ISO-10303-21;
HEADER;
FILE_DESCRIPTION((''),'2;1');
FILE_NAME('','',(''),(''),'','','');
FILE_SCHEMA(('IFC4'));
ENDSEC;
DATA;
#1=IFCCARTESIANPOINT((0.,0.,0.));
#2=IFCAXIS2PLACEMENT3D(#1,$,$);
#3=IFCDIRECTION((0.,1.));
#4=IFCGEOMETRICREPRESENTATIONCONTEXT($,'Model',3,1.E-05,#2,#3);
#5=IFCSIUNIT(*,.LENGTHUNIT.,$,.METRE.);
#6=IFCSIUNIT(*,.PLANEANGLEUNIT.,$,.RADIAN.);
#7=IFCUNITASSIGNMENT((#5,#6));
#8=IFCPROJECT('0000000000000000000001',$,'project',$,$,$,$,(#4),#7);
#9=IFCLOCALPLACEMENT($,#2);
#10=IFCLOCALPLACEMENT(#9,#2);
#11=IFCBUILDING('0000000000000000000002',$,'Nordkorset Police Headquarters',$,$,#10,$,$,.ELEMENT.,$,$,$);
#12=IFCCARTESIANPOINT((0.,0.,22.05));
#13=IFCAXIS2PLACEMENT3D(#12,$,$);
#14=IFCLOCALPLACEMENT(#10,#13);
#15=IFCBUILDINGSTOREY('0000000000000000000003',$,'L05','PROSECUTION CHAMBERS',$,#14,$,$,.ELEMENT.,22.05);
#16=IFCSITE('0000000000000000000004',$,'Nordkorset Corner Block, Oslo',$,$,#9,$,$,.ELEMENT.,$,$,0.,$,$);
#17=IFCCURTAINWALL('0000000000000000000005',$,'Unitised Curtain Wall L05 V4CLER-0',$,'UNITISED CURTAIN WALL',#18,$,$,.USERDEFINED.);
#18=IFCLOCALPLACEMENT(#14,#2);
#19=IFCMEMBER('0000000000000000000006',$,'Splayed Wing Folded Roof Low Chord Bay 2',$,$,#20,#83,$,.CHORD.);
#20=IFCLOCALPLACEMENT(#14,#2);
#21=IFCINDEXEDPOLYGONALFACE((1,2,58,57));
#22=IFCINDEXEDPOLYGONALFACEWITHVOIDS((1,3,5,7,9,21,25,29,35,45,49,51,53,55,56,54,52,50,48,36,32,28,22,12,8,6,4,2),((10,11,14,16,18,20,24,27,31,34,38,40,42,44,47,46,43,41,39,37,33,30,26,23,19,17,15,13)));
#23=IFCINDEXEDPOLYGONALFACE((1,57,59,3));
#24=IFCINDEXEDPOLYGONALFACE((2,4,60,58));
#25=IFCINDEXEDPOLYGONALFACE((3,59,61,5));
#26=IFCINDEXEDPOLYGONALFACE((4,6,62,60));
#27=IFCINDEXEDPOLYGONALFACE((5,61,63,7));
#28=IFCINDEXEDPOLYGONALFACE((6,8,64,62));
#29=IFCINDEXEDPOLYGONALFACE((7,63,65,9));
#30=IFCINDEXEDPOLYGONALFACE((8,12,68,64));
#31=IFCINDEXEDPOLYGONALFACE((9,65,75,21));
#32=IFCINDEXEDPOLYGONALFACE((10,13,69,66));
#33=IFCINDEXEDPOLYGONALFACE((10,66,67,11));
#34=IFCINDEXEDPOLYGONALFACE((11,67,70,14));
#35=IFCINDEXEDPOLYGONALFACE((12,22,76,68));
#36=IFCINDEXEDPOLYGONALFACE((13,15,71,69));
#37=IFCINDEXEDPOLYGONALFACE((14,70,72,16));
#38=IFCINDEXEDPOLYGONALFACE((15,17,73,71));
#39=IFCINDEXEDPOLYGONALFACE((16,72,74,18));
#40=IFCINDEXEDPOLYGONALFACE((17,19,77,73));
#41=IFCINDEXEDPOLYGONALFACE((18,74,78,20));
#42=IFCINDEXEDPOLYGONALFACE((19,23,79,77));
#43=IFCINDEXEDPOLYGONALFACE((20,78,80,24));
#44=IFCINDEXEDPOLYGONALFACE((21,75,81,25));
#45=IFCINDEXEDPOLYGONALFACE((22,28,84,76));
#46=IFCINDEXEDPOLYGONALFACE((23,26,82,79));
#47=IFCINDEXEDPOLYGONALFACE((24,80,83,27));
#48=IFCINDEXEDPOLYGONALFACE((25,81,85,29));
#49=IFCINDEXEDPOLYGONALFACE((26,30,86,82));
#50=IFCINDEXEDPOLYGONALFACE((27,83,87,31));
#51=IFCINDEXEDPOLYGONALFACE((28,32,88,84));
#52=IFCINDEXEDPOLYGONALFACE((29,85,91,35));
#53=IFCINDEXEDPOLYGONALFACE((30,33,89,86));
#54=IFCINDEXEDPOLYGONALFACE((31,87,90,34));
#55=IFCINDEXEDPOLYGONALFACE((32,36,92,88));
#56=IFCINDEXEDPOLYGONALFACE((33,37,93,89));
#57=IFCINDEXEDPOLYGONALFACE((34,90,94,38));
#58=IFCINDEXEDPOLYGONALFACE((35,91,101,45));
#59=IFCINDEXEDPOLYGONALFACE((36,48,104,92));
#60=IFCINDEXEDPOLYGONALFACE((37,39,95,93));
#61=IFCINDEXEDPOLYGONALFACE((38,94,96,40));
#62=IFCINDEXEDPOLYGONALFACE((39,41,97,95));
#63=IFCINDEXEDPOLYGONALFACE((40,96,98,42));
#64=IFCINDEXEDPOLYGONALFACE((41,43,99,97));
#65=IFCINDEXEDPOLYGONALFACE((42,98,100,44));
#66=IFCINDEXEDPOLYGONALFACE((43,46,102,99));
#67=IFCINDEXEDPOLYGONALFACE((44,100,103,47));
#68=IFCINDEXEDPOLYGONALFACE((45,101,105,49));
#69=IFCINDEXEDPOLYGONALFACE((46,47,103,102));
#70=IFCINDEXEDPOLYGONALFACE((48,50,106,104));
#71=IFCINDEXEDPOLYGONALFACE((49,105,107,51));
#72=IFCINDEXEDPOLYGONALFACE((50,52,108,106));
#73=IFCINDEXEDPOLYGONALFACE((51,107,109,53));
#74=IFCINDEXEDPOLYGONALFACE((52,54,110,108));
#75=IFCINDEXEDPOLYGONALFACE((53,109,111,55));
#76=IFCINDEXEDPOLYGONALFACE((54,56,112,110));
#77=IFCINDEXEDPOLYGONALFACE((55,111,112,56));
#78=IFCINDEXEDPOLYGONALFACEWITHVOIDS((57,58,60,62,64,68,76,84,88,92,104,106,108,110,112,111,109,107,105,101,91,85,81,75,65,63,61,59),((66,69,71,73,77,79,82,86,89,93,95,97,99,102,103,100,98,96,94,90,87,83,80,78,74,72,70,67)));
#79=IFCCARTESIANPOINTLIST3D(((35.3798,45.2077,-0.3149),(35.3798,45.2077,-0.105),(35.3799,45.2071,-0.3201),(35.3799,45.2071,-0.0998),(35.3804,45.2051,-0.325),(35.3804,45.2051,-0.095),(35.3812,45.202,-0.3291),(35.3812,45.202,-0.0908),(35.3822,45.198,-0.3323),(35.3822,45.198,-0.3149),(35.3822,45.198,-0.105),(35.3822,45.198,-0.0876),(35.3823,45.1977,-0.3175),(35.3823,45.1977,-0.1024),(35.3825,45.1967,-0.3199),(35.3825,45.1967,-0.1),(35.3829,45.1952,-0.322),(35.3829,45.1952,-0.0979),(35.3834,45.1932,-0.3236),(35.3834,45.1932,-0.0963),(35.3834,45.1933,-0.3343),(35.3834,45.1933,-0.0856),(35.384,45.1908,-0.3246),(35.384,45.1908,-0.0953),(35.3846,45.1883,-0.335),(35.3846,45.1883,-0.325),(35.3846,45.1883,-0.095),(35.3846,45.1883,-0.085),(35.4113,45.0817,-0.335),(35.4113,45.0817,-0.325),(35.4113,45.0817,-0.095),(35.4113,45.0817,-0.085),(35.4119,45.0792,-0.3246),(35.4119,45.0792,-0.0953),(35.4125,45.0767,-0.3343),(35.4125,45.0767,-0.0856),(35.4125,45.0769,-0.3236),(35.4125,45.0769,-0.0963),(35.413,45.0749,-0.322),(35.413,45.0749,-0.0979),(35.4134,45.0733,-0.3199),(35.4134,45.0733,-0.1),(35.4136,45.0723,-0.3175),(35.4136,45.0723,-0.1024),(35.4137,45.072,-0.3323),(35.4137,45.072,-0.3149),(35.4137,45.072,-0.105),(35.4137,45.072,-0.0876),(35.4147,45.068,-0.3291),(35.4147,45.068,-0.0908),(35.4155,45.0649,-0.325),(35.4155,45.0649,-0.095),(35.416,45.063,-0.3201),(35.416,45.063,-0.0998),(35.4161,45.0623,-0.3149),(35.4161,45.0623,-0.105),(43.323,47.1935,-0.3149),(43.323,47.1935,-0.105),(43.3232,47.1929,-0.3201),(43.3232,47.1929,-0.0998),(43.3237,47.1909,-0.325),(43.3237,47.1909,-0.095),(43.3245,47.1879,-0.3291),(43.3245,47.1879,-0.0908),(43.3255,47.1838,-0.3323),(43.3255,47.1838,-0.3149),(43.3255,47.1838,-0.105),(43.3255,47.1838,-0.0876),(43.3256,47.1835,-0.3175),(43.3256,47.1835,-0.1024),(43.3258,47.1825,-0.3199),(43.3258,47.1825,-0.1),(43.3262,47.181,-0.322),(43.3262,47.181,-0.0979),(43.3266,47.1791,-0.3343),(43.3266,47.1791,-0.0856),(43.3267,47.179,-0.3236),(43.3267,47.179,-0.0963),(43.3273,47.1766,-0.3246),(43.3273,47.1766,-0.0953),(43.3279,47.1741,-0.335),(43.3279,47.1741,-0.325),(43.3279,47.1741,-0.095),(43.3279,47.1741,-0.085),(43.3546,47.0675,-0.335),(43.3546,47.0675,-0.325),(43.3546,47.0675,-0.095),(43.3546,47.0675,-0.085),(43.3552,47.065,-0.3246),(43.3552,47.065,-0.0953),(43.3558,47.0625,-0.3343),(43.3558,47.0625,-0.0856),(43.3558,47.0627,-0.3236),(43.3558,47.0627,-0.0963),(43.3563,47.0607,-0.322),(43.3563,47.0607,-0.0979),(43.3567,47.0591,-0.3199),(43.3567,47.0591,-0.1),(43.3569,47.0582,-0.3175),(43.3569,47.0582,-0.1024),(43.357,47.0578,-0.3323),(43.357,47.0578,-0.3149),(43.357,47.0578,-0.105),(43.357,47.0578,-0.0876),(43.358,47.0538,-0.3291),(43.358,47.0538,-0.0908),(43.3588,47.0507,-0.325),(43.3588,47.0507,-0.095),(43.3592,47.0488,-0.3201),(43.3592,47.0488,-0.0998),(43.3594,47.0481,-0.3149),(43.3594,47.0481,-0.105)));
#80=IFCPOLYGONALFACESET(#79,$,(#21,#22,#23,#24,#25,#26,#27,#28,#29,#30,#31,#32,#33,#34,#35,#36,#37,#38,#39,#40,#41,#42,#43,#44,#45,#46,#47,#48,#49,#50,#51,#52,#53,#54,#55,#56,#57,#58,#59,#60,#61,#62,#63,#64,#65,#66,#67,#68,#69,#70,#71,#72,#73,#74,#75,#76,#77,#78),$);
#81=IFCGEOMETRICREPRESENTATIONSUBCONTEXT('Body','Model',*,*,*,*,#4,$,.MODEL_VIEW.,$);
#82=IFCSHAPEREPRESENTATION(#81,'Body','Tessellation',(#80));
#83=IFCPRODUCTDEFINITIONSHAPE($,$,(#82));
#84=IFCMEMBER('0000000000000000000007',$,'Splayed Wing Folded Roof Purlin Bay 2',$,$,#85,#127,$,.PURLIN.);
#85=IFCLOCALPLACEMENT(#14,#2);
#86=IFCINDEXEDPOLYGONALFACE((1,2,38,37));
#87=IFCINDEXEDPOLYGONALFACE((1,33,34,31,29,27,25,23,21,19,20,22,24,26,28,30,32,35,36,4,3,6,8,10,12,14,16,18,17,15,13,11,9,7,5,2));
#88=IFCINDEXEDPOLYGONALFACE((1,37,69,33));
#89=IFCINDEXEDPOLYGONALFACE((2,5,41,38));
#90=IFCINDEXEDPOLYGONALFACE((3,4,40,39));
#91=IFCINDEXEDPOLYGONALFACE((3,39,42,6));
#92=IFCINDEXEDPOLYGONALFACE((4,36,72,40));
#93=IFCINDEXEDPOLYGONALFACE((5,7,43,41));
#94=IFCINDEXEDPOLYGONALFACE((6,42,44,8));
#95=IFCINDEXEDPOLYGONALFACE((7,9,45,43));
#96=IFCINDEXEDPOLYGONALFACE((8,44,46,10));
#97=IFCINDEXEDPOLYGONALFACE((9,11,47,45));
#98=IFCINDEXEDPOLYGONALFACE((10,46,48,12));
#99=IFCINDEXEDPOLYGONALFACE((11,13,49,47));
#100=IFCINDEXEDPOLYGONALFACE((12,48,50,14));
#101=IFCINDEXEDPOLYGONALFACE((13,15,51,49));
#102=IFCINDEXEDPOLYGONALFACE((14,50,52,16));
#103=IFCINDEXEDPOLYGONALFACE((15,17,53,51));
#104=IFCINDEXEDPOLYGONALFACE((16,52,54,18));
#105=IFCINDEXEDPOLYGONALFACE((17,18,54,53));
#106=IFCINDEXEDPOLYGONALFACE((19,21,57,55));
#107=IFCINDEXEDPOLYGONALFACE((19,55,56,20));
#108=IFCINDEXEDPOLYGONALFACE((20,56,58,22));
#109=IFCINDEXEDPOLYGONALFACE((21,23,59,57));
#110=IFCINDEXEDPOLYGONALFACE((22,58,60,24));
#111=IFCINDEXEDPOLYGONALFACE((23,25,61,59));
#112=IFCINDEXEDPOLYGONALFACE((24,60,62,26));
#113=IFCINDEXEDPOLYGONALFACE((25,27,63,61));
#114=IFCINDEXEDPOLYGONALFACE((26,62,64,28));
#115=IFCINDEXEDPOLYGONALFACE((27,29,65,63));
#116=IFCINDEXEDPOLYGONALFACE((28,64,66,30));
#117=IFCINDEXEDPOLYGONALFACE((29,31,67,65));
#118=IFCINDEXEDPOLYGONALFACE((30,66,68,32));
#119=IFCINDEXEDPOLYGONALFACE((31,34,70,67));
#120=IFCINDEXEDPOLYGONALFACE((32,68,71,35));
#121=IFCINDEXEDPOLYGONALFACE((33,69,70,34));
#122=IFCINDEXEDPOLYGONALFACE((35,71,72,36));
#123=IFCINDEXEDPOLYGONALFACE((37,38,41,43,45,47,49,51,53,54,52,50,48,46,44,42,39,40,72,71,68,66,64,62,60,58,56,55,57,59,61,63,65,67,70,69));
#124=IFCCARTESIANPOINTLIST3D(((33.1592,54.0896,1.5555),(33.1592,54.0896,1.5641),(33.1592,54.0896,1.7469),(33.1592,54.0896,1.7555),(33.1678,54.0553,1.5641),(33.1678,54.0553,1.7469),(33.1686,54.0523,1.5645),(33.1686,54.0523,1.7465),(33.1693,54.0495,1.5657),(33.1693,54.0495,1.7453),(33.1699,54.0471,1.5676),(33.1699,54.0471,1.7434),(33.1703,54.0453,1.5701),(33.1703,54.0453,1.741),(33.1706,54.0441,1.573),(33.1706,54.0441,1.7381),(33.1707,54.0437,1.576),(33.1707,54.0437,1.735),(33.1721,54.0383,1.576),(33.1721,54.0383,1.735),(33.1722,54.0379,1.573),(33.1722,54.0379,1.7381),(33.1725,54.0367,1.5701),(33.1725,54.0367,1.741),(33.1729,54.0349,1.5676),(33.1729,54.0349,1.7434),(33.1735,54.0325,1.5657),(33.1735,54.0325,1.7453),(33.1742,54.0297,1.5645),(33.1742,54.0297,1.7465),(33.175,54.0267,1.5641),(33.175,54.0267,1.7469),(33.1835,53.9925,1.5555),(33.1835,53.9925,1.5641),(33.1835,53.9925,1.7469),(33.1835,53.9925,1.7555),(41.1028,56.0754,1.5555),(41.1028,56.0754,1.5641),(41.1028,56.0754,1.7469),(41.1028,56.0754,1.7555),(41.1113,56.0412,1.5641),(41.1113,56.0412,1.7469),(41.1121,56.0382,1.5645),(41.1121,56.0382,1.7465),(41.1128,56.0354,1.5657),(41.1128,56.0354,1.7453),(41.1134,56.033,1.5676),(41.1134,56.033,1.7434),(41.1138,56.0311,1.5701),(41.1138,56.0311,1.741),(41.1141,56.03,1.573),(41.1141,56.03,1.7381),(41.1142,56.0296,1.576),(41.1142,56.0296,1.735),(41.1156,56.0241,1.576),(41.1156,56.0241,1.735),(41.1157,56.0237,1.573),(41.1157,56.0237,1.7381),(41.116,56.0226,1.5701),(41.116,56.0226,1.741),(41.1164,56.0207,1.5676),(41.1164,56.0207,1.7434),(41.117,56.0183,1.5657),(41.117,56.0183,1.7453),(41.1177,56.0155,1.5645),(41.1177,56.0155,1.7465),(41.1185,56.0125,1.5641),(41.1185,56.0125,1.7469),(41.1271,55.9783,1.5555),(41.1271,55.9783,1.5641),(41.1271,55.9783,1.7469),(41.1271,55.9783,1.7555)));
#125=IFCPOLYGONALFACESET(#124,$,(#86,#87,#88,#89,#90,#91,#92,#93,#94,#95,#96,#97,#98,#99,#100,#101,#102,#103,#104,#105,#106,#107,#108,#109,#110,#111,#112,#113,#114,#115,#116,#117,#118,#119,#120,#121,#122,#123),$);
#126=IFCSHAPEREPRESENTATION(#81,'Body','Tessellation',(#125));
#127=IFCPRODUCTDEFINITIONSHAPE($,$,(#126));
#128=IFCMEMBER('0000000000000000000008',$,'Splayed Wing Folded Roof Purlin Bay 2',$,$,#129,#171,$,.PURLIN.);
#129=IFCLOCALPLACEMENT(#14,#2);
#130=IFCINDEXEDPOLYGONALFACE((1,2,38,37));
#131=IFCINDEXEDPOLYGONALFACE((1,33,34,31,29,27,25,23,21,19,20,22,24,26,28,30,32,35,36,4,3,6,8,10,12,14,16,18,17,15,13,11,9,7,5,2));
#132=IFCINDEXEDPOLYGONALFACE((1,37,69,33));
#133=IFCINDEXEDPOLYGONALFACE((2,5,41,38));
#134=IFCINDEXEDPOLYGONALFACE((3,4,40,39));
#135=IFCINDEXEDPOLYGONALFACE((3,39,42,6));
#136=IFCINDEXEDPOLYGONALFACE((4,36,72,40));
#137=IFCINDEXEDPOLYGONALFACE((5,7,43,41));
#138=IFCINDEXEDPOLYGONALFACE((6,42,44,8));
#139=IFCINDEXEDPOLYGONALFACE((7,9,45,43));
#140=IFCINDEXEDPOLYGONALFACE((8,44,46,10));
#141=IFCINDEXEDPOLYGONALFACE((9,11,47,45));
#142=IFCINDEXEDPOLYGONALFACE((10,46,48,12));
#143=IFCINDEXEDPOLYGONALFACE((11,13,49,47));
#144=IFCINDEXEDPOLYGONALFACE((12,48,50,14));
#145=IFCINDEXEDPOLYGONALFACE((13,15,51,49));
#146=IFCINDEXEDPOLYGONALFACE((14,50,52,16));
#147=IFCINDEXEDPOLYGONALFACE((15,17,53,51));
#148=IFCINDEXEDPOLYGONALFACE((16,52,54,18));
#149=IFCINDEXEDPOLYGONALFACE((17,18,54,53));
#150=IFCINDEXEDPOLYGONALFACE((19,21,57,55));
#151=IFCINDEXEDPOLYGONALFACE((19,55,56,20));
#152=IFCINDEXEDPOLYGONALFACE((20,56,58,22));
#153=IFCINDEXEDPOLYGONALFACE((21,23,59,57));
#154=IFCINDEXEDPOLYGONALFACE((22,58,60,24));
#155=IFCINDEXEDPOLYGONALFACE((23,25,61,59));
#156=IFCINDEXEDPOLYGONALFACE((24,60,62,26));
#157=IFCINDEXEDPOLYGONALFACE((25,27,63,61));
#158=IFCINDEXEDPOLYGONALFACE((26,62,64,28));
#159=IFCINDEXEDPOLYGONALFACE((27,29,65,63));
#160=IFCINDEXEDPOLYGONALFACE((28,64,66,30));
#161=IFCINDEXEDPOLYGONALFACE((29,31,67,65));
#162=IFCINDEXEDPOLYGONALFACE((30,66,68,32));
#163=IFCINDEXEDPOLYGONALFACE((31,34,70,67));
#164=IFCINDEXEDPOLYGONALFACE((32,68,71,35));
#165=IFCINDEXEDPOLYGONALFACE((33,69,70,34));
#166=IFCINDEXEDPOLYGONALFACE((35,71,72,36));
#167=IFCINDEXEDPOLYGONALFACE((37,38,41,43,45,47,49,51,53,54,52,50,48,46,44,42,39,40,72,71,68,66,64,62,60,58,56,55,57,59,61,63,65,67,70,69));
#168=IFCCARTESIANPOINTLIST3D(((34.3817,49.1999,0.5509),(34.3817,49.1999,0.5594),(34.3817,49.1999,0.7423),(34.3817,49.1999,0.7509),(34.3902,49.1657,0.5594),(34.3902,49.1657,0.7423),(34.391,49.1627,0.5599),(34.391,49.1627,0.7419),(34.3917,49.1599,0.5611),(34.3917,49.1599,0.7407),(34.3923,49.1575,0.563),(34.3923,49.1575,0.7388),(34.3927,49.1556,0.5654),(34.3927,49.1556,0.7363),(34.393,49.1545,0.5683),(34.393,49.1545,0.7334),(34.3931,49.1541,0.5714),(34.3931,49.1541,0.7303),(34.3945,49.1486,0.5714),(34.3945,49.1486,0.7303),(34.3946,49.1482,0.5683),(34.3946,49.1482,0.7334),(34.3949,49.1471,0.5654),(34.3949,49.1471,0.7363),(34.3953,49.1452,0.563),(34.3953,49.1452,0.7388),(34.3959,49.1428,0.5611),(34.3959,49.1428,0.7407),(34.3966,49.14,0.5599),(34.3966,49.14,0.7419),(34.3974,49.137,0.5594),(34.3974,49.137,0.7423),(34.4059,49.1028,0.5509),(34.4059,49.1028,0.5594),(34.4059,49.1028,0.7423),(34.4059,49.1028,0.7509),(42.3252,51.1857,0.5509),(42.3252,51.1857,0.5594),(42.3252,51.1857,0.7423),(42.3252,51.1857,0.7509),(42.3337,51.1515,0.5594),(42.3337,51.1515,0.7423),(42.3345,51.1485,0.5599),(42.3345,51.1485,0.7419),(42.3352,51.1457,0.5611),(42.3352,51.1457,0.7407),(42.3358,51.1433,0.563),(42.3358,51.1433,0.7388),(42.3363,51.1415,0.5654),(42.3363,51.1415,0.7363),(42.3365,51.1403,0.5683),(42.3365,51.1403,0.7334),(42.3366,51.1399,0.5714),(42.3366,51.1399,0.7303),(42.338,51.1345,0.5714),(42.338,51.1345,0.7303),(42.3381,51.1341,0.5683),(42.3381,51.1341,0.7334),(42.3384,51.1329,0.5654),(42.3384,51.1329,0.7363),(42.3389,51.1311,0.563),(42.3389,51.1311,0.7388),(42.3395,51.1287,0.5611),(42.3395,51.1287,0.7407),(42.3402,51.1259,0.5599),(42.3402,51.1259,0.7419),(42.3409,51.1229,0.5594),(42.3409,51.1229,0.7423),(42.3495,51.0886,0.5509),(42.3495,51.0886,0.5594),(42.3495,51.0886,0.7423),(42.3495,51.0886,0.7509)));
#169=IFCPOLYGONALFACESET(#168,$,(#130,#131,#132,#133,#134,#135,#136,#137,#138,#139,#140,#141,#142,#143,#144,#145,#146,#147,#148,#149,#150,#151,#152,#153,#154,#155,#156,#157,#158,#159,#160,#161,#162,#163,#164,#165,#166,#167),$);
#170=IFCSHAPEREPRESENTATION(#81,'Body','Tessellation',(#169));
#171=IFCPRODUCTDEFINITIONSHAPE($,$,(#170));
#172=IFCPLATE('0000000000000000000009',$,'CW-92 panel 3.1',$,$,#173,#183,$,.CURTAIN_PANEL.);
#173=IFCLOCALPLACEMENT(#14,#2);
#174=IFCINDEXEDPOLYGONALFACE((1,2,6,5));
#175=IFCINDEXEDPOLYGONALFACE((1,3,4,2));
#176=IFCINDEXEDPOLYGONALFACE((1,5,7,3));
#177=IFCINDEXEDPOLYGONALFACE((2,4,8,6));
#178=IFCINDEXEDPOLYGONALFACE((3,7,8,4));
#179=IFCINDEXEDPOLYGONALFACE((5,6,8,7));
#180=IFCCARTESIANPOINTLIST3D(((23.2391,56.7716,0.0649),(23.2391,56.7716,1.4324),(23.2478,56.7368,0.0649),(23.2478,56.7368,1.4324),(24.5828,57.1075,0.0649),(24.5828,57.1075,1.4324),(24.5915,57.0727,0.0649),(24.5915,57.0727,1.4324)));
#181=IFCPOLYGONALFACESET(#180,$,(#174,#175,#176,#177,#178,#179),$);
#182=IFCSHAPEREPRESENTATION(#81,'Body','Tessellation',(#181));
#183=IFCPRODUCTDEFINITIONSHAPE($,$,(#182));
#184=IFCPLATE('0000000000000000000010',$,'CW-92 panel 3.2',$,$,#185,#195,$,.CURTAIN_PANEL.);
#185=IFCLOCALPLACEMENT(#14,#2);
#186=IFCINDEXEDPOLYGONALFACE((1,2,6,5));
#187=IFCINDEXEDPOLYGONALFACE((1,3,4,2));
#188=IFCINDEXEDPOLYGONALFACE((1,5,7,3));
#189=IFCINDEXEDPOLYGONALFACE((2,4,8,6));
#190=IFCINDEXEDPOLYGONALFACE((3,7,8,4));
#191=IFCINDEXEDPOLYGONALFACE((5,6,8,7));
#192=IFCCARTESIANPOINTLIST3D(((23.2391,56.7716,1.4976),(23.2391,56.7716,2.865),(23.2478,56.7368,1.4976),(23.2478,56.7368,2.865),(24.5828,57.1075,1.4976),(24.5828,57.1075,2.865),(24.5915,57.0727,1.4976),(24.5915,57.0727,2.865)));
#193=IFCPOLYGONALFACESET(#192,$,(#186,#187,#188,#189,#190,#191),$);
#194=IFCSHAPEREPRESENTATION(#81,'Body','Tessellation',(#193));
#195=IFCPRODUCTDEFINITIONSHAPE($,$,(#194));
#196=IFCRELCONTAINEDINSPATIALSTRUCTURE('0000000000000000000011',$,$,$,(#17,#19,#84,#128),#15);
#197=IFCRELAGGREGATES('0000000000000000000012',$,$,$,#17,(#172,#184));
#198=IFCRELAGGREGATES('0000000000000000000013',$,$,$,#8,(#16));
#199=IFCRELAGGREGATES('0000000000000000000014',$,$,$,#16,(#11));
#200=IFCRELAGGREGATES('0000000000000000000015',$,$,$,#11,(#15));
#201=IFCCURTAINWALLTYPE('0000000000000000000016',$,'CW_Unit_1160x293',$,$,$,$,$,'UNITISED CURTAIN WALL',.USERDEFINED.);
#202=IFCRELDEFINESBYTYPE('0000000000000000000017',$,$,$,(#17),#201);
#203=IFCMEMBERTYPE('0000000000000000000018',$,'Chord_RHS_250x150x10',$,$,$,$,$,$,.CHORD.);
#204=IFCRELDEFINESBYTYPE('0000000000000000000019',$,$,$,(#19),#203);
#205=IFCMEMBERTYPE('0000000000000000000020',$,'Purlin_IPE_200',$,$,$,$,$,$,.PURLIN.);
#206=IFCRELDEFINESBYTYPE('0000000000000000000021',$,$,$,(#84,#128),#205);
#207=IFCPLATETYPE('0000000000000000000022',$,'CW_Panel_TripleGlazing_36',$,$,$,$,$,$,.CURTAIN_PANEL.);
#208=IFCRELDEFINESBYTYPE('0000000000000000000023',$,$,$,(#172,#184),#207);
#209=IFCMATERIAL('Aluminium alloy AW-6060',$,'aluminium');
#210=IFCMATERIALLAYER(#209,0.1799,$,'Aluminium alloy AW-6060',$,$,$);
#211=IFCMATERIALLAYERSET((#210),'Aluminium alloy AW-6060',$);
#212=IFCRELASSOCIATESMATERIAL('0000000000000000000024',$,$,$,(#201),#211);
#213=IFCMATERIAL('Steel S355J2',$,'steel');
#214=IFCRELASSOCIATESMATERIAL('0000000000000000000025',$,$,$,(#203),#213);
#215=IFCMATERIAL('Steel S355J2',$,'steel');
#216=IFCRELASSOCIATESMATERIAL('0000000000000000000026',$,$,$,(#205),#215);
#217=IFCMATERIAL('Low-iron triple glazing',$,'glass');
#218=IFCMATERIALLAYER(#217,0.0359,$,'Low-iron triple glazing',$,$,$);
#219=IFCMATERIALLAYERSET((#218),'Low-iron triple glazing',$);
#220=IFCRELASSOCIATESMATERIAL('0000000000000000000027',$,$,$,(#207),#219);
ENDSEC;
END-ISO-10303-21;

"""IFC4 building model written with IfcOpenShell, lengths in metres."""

from ifc_helpers import new_model, si_unit, direction, frame, origin, origin_2d, place, context, subcontext, project, spatial, rectangle, hollow_rectangle, i_section, extrude, material, layer, layer_set, material_profile, profile_set, type_object, element, aggregate, save


model = new_model("IFC4")

# Units and contexts
model_context = context("Model", 3, precision=1e-05, world=origin(), true_north=direction((0.0, 1.0)))
body_context = subcontext(model_context, "Body", "Model", "MODEL_VIEW")
ifc_project = project(units=[si_unit("LENGTHUNIT", "METRE"), si_unit("PLANEANGLEUNIT", "RADIAN")], contexts=[model_context])

# Site, building, storey
site_placement = place(None, origin())
site = spatial("IfcSite", under=ifc_project, at=site_placement, Name="Nordkorset Corner Block, Oslo", CompositionType="ELEMENT", RefElevation=0.0)
building_placement = place(site_placement, origin())
building = spatial("IfcBuilding", under=site, at=building_placement, Name="Nordkorset Police Headquarters", CompositionType="ELEMENT")
storey_placement = place(building_placement, frame((0.0, 0.0, 22.05)))
storey = spatial("IfcBuildingStorey", under=building, at=storey_placement, Name="L05", Description="PROSECUTION CHAMBERS", CompositionType="ELEMENT", Elevation=22.05)

# Curtain wall
ifc_material_1 = material(Name="Aluminium alloy AW-6060", Category="aluminium")
ifc_layer_1 = layer(ifc_material_1, 0.1799, Name="Aluminium alloy AW-6060")
ifc_layer_set_1 = layer_set([ifc_layer_1], Name="Aluminium alloy AW-6060")
curtain_wall_type = type_object("IfcCurtainWallType", Name="CW_Unit_1160x293", ElementType="UNITISED CURTAIN WALL", PredefinedType="USERDEFINED", material=ifc_layer_set_1)
curtain_wall_placement = place(storey_placement, origin())
curtain_wall = element("IfcCurtainWall", 1, at=curtain_wall_placement, inside=storey, type_object=curtain_wall_type, Name="Unitised Curtain Wall L05 V4CLER-0", ObjectType="UNITISED CURTAIN WALL", PredefinedType="USERDEFINED")

# Members
ifc_material_2 = material(Name="Steel S355J2", Category="steel")
ifc_material_profile_1 = material_profile(ifc_material_2, hollow_rectangle(XDim=0.1499, YDim=0.25, WallThickness=0.01, InnerFilletRadius=0.01, OuterFilletRadius=0.02, at=origin_2d()), Name="RHS 250x150x10")
ifc_profile_set_1 = profile_set([ifc_material_profile_1], Name="Steel S355J2")
member_type_1 = type_object("IfcMemberType", Name="Chord_RHS_250x150x10", PredefinedType="CHORD", material=ifc_profile_set_1)
member_1_placement = place(storey_placement, frame((35.3979, 45.135, -0.21), z_axis=(0.970143, 0.242536, 0.0), x_axis=(-0.242536, 0.970143, 0.0)))
element("IfcMember", 2, at=member_1_placement, inside=storey, type_object=member_type_1, Name="Splayed Wing Folded Roof Low Chord Bay 2", PredefinedType="CHORD", context=body_context, shape_type="SweptSolid", body=[
    extrude(hollow_rectangle(XDim=0.1499, YDim=0.25, WallThickness=0.01, InnerFilletRadius=0.01, OuterFilletRadius=0.02, at=origin_2d()), origin(), (0.0, 0.0, 1.0), 8.1877),
])
ifc_material_3 = material(Name="Steel S355J2", Category="steel")
ifc_material_profile_2 = material_profile(ifc_material_3, i_section(OverallWidth=0.1001, OverallDepth=0.2, WebThickness=0.0056, FlangeThickness=0.0085, FilletRadius=0.012, at=origin_2d()), Name="IPE 200")
ifc_profile_set_2 = profile_set([ifc_material_profile_2], Name="Steel S355J2")
member_type_2 = type_object("IfcMemberType", Name="Purlin_IPE_200", PredefinedType="PURLIN", material=ifc_profile_set_2)
for number, where, z_axis, x_axis, name in (
    (3, (33.1714, 54.041, 1.6555), (0.970144, 0.242529, 0.0), (-0.242529, 0.970144, 0.0), "Splayed Wing Folded Roof Purlin Bay 2"),
    (4, (34.3938, 49.1514, 0.6509), (0.970144, 0.242529, 0.0), (-0.242529, 0.970144, 0.0), "Splayed Wing Folded Roof Purlin Bay 2"),
):
    element("IfcMember", number, at=place(storey_placement, frame(where, z_axis=z_axis, x_axis=x_axis)), inside=storey, type_object=member_type_2, Name=name, PredefinedType="PURLIN", context=body_context, shape_type="SweptSolid", body=[
        extrude(i_section(OverallWidth=0.1001, OverallDepth=0.2, WebThickness=0.0056, FlangeThickness=0.0085, FilletRadius=0.012, at=origin_2d()), origin(), (0.0, 0.0, 1.0), 8.188),
    ])

# Plates
ifc_material_4 = material(Name="Low-iron triple glazing", Category="glass")
ifc_layer_2 = layer(ifc_material_4, 0.0359, Name="Low-iron triple glazing")
ifc_layer_set_2 = layer_set([ifc_layer_2], Name="Low-iron triple glazing")
plate_type_1 = type_object("IfcPlateType", Name="CW_Panel_TripleGlazing_36", PredefinedType="CURTAIN_PANEL", material=ifc_layer_set_2)
plate_1_placement = place(storey_placement, frame((23.9153, 56.9221, 0.0649), z_axis=(0.0, 0.0, 1.0), x_axis=(0.970142, 0.242536, 0.0)))
plate_1 = element("IfcPlate", 5, at=plate_1_placement, type_object=plate_type_1, Name="CW-92 panel 3.1", PredefinedType="CURTAIN_PANEL", context=body_context, shape_type="SweptSolid", body=[
    extrude(rectangle(XDim=1.385, YDim=0.0359, at=origin_2d()), origin(), (0.0, 0.0, 1.0), 1.3674),
])
plate_2_placement = place(storey_placement, frame((23.9153, 56.9221, 1.4976), z_axis=(0.0, 0.0, 1.0), x_axis=(0.970142, 0.242536, 0.0)))
plate_2 = element("IfcPlate", 6, at=plate_2_placement, type_object=plate_type_1, Name="CW-92 panel 3.2", PredefinedType="CURTAIN_PANEL", context=body_context, shape_type="SweptSolid", body=[
    extrude(rectangle(XDim=1.385, YDim=0.0359, at=origin_2d()), origin(), (0.0, 0.0, 1.0), 1.3674),
])
aggregate(curtain_wall, [plate_1, plate_2])

save(model, "model.ifc")
